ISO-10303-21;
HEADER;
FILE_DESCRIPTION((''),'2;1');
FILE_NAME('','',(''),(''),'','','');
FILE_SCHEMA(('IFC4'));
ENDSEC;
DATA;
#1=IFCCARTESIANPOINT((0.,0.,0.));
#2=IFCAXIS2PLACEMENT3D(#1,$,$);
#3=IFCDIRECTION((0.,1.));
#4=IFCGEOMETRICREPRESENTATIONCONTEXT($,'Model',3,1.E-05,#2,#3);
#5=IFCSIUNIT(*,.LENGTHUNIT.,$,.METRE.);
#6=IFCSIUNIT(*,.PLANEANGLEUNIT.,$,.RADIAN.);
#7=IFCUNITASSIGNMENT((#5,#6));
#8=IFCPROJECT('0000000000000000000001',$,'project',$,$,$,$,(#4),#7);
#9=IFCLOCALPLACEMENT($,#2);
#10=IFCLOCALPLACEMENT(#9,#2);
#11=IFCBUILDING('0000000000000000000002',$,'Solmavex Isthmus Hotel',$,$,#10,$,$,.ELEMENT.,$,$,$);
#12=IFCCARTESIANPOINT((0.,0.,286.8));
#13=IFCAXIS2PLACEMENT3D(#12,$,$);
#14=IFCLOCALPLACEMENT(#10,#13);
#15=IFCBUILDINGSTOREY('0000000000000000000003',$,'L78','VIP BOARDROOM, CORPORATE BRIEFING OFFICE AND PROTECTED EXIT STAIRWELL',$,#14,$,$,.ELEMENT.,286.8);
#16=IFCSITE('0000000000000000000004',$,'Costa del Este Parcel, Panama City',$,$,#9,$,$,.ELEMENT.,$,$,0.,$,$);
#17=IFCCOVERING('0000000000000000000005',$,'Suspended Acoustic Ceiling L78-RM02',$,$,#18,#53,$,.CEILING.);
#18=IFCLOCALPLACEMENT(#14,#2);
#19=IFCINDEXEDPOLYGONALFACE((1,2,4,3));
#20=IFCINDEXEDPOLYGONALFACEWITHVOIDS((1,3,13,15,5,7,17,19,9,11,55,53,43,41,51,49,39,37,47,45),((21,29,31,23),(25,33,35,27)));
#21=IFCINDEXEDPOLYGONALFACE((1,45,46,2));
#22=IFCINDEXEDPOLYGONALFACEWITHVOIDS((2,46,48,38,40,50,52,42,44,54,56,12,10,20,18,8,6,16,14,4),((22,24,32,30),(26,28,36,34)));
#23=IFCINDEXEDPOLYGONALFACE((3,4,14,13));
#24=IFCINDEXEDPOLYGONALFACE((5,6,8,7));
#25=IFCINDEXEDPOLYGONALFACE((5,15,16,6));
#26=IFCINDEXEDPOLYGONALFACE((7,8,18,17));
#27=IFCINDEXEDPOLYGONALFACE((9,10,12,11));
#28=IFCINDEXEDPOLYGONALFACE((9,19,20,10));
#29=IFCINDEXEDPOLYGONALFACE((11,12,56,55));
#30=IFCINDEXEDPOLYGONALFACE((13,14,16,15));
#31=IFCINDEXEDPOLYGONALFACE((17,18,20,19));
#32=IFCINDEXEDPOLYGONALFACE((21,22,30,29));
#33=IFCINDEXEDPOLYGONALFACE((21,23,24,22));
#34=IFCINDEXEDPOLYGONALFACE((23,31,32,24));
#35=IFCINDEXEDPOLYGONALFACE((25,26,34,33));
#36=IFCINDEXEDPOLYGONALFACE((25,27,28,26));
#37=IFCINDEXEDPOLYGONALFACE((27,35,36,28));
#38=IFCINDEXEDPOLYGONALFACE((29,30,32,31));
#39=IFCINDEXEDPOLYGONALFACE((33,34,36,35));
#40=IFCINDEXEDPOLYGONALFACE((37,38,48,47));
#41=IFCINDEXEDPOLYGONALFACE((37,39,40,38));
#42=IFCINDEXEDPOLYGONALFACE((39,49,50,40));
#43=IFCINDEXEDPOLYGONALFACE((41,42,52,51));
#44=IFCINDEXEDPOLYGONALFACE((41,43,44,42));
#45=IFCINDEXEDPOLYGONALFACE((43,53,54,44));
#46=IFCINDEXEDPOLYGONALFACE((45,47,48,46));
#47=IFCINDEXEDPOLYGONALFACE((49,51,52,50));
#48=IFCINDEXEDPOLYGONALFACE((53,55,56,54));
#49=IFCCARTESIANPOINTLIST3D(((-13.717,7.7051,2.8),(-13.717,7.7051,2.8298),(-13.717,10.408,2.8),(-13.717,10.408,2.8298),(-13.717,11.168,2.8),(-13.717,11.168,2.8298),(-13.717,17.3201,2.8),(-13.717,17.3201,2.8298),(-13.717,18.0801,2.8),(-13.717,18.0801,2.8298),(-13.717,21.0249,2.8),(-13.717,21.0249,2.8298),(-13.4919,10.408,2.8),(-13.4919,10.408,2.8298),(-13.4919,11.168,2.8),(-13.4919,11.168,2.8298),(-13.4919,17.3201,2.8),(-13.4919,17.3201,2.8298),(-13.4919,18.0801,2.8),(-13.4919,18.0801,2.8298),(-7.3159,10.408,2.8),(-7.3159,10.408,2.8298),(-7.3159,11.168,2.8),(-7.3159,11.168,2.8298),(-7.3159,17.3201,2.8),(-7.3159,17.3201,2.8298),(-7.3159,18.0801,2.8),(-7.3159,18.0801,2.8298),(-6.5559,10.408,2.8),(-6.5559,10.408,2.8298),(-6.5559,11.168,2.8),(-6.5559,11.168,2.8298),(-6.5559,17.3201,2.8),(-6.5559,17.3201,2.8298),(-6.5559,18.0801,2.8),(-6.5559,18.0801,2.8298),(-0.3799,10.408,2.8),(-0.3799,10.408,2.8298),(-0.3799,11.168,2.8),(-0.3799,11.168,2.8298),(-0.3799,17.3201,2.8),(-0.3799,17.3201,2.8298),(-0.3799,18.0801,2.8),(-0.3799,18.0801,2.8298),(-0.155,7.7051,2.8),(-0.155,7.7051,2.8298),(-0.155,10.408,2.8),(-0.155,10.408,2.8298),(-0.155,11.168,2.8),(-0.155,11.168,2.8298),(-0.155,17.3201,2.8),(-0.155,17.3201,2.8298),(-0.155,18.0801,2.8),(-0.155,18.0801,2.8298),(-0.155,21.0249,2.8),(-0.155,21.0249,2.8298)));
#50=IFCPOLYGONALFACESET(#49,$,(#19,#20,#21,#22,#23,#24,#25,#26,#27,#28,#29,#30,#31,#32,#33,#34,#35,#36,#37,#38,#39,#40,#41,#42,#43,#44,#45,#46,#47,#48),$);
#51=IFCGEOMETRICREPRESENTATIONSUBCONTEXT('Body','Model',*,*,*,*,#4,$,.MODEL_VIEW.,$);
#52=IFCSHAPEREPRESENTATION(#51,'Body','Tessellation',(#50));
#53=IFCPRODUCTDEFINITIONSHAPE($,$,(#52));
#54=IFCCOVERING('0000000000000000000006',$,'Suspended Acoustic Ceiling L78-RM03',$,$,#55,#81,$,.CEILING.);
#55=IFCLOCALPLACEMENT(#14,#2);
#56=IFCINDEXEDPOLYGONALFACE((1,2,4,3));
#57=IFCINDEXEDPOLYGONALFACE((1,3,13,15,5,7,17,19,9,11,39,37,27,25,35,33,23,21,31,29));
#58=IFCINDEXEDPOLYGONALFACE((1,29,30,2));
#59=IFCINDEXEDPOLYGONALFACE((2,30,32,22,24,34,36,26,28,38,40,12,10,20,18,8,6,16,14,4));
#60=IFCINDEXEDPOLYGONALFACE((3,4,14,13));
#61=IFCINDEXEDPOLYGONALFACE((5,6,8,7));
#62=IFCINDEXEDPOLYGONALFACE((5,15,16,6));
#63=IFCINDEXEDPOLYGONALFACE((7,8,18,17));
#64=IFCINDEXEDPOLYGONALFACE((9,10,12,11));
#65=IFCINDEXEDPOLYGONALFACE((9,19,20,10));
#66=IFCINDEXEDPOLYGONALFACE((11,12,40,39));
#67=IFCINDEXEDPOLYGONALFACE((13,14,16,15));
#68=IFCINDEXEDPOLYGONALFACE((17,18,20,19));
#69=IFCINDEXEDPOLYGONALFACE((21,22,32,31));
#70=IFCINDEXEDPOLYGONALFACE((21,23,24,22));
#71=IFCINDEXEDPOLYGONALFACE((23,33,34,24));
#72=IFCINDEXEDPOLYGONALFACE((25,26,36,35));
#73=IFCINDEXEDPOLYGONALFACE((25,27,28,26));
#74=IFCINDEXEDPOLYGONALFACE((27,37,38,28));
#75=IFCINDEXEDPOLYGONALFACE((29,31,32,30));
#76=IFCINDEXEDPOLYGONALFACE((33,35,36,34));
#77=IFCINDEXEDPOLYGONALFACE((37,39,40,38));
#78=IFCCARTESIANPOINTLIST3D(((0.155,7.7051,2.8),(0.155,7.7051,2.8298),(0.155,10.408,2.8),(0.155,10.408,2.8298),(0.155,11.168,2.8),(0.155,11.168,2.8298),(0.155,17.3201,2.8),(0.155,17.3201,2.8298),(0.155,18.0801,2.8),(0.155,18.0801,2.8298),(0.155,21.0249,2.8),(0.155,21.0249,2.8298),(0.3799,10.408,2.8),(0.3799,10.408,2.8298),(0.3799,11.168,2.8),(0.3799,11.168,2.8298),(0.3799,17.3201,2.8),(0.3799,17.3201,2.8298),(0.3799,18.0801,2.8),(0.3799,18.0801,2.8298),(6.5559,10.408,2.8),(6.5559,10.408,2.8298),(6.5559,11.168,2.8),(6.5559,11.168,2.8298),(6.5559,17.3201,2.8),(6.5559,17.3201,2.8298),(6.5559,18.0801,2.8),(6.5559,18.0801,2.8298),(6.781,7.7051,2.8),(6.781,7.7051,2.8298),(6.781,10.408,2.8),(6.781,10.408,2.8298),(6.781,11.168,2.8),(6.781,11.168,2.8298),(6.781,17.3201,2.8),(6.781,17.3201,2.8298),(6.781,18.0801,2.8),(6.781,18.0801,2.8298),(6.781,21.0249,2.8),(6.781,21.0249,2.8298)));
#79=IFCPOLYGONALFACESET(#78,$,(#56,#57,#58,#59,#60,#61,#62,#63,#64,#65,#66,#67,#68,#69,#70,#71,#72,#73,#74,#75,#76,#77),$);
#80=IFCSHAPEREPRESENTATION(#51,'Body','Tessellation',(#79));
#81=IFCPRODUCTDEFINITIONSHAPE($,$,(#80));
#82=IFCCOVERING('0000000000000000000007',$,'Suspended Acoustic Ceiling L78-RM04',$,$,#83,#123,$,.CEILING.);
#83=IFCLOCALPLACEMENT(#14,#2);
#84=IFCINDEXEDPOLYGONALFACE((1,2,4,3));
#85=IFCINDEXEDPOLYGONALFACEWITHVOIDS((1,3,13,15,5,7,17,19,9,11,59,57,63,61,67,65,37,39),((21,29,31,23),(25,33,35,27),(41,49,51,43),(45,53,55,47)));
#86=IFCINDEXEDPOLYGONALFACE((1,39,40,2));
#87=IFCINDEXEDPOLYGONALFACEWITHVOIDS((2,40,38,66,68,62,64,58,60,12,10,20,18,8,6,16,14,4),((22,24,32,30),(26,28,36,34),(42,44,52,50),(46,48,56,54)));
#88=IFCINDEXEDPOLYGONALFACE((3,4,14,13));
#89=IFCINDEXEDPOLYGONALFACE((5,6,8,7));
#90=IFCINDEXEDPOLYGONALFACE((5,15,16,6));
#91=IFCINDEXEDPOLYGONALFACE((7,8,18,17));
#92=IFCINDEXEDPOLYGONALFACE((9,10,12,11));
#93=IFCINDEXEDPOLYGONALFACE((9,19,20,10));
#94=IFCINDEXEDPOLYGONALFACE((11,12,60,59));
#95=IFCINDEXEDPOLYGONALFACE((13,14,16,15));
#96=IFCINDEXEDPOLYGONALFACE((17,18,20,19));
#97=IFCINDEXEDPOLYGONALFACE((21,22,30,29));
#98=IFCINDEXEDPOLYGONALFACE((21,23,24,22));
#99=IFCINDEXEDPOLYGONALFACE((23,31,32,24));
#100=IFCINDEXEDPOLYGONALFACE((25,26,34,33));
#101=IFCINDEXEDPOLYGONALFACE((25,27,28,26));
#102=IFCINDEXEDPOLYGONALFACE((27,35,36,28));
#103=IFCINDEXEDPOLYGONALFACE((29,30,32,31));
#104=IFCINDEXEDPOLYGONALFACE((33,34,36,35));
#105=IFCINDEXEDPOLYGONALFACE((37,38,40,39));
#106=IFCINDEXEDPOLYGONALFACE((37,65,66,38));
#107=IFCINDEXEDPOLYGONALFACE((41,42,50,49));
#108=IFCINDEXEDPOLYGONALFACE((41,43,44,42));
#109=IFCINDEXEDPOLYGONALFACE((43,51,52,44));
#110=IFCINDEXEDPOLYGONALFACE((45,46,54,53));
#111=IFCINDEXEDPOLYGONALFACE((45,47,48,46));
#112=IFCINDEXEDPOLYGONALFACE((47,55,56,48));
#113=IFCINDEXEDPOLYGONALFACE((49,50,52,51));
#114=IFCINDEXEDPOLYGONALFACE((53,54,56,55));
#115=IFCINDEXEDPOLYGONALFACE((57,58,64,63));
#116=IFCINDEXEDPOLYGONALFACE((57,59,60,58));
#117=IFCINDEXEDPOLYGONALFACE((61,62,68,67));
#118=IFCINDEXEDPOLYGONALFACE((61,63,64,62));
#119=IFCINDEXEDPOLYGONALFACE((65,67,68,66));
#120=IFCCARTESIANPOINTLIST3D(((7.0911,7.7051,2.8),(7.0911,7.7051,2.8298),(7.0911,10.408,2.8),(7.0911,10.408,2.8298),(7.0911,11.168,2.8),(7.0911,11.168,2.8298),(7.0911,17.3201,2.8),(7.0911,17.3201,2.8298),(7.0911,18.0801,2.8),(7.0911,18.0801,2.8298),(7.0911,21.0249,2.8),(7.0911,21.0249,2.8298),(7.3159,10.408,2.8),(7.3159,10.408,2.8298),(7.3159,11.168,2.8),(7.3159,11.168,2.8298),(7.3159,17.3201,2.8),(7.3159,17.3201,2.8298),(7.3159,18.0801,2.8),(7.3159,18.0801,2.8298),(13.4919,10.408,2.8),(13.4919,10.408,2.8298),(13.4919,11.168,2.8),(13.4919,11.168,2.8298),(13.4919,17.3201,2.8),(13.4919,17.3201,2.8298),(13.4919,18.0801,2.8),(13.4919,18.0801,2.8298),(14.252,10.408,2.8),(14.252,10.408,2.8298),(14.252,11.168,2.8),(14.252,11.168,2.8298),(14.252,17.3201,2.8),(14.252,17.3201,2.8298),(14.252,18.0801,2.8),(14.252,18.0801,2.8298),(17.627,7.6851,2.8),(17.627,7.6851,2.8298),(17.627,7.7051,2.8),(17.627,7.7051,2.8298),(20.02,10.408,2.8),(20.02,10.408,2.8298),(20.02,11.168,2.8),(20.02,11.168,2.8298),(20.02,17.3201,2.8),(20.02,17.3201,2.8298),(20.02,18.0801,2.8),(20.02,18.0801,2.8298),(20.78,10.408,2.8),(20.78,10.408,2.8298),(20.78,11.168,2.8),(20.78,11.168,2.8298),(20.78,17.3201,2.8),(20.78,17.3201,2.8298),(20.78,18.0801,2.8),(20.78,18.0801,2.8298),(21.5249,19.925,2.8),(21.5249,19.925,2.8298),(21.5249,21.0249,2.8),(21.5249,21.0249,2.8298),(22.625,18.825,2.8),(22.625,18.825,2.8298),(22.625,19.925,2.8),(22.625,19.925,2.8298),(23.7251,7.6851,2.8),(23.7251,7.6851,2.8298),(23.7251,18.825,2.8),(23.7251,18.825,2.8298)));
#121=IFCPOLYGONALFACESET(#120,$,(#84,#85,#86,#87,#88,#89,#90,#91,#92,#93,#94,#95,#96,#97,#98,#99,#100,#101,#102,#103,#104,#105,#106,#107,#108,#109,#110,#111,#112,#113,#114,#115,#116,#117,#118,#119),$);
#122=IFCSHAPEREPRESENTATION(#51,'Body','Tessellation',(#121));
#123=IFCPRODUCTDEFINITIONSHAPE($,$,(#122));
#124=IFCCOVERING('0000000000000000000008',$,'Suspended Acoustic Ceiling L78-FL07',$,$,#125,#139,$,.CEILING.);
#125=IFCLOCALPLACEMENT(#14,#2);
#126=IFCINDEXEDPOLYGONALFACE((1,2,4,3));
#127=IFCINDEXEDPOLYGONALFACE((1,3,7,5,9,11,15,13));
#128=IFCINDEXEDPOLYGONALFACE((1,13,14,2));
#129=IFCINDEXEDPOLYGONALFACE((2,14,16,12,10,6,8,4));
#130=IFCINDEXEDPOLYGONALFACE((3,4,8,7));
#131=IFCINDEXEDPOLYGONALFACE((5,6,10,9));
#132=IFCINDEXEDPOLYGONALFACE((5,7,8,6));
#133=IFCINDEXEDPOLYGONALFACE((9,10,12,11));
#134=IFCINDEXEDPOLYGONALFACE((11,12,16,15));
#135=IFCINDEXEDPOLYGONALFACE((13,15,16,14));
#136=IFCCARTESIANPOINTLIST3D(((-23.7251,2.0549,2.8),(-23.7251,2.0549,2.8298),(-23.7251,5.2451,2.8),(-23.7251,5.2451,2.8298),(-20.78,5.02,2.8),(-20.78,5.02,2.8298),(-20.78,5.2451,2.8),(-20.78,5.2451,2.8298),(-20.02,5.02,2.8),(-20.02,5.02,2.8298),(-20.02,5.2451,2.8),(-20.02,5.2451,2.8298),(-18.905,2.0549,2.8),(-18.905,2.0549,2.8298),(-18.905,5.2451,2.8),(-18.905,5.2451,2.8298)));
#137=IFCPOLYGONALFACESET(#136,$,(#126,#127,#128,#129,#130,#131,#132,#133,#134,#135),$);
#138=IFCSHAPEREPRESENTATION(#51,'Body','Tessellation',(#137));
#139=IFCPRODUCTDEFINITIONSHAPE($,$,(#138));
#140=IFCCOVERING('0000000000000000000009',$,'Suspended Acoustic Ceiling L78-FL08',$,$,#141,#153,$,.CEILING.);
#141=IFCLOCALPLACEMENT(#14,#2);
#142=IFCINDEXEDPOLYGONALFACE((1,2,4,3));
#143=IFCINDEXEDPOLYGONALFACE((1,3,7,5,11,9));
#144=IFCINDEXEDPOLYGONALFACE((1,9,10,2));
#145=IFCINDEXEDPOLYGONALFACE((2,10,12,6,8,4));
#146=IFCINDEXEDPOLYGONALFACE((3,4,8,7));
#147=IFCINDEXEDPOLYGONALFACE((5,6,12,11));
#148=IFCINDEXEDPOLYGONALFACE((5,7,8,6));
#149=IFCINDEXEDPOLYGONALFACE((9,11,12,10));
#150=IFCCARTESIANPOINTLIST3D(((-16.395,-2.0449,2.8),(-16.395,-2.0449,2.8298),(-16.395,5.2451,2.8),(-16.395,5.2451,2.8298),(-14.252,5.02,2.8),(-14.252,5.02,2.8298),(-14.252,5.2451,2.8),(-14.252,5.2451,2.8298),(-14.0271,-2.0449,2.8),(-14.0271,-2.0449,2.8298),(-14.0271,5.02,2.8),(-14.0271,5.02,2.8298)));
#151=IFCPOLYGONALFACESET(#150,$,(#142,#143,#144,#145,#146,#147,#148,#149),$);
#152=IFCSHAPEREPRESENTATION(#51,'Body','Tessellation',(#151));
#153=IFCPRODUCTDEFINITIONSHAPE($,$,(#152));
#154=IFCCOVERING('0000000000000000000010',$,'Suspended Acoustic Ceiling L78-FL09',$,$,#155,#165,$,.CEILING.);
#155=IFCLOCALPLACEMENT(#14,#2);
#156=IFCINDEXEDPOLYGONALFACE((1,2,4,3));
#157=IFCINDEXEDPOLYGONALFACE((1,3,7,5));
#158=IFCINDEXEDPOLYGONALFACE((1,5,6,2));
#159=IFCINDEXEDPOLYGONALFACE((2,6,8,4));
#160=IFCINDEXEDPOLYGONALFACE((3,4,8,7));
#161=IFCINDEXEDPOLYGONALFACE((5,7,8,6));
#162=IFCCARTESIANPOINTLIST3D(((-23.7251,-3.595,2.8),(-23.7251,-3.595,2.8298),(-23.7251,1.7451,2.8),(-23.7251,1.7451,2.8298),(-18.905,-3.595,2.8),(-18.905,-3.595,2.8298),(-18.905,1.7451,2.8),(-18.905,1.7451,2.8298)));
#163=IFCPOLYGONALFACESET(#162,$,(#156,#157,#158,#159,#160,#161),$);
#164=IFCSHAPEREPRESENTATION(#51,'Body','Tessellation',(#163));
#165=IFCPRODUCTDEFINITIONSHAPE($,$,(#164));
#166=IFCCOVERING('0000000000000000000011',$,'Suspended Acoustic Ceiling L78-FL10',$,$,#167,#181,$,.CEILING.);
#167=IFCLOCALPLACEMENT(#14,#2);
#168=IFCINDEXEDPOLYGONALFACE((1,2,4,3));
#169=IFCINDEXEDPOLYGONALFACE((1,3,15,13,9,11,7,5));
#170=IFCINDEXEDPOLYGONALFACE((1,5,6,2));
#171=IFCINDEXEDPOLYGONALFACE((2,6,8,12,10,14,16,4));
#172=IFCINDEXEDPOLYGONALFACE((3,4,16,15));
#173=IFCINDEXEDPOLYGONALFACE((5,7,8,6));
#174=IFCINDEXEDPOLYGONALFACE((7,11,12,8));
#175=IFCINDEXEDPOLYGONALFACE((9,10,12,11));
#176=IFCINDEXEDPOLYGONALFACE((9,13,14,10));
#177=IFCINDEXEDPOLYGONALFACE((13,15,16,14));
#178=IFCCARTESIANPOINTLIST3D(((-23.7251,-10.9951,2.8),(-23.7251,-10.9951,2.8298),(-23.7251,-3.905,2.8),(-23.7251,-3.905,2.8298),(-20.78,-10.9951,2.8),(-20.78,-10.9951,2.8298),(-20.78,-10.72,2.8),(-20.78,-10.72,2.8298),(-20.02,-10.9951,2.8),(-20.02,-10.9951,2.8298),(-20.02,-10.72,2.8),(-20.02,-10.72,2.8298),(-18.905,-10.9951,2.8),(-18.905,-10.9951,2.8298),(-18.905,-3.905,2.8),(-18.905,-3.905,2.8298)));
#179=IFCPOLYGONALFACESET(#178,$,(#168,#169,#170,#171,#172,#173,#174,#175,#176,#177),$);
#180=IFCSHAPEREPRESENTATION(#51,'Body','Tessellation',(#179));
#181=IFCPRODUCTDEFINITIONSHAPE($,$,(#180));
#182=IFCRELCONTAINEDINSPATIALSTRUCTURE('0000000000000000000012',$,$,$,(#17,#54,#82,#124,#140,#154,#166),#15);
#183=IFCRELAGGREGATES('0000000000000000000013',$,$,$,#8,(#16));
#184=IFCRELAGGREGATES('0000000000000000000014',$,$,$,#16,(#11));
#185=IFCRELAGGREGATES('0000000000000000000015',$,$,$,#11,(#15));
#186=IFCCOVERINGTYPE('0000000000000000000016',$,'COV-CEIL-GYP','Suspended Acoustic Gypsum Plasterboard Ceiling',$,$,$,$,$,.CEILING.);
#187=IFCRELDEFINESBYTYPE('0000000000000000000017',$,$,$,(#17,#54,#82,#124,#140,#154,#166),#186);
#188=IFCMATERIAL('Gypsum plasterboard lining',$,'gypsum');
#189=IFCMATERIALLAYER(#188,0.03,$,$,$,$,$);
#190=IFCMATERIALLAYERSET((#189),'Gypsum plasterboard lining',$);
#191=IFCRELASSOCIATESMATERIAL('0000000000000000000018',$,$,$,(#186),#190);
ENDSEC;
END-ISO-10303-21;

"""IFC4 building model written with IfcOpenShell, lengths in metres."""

from ifc_helpers import new_model, si_unit, direction, frame, origin, place, context, subcontext, project, spatial, polyline, outline, extrude, material, layer, layer_set, type_object, element, save


model = new_model("IFC4")

# Units and contexts
model_context = context("Model", 3, precision=1e-05, world=origin(), true_north=direction((0.0, 1.0)))
body_context = subcontext(model_context, "Body", "Model", "MODEL_VIEW")
ifc_project = project(units=[si_unit("LENGTHUNIT", "METRE"), si_unit("PLANEANGLEUNIT", "RADIAN")], contexts=[model_context])

# Site, building, storey
site_placement = place(None, origin())
site = spatial("IfcSite", under=ifc_project, at=site_placement, Name="Costa del Este Parcel, Panama City", CompositionType="ELEMENT", RefElevation=0.0)
building_placement = place(site_placement, origin())
building = spatial("IfcBuilding", under=site, at=building_placement, Name="Solmavex Isthmus Hotel", CompositionType="ELEMENT")
storey_placement = place(building_placement, frame((0.0, 0.0, 286.8)))
storey = spatial("IfcBuildingStorey", under=building, at=storey_placement, Name="L78", Description="VIP BOARDROOM, CORPORATE BRIEFING OFFICE AND PROTECTED EXIT STAIRWELL", CompositionType="ELEMENT", Elevation=286.8)

# Coverings
ifc_material_1 = material(Name="Gypsum plasterboard lining", Category="gypsum")
ifc_layer_1 = layer(ifc_material_1, 0.03)
ifc_layer_set_1 = layer_set([ifc_layer_1], Name="Gypsum plasterboard lining")
covering_type_1 = type_object("IfcCoveringType", Name="COV-CEIL-GYP", Description="Suspended Acoustic Gypsum Plasterboard Ceiling", PredefinedType="CEILING", material=ifc_layer_set_1)
covering_1_placement = place(storey_placement, frame((0.0, 0.0, 2.8)))
element("IfcCovering", 1, at=covering_1_placement, inside=storey, type_object=covering_type_1, Name="Suspended Acoustic Ceiling L78-RM02", PredefinedType="CEILING", context=body_context, shape_type="SweptSolid", body=[
    extrude(outline(polyline([(-13.717, 11.168), (-13.4919, 11.168), (-13.4919, 10.408), (-13.717, 10.408), (-13.717, 7.7051), (-0.155, 7.7051), (-0.155, 10.408), (-0.3799, 10.408), (-0.3799, 11.168), (-0.155, 11.168), (-0.155, 17.3201), (-0.3799, 17.3201), (-0.3799, 18.0801), (-0.155, 18.0801), (-0.155, 21.0249), (-13.717, 21.0249), (-13.717, 18.0801), (-13.4919, 18.0801), (-13.4919, 17.3201), (-13.717, 17.3201), (-13.717, 11.168)]), holes=[polyline([(-7.3159, 10.408), (-7.3159, 11.168), (-6.5559, 11.168), (-6.5559, 10.408), (-7.3159, 10.408)]), polyline([(-7.3159, 17.3201), (-7.3159, 18.0801), (-6.5559, 18.0801), (-6.5559, 17.3201), (-7.3159, 17.3201)])]), origin(), (0.0, 0.0, 1.0), 0.0298),
])
covering_2_placement = place(storey_placement, frame((0.0, 0.0, 2.8)))
element("IfcCovering", 2, at=covering_2_placement, inside=storey, type_object=covering_type_1, Name="Suspended Acoustic Ceiling L78-RM03", PredefinedType="CEILING", context=body_context, shape_type="SweptSolid", body=[
    extrude(outline(polyline([(0.155, 11.168), (0.3799, 11.168), (0.3799, 10.408), (0.155, 10.408), (0.155, 7.7051), (6.781, 7.7051), (6.781, 10.408), (6.5559, 10.408), (6.5559, 11.168), (6.781, 11.168), (6.781, 17.3201), (6.5559, 17.3201), (6.5559, 18.0801), (6.781, 18.0801), (6.781, 21.0249), (0.155, 21.0249), (0.155, 18.0801), (0.3799, 18.0801), (0.3799, 17.3201), (0.155, 17.3201), (0.155, 11.168)])), origin(), (0.0, 0.0, 1.0), 0.0298),
])
covering_3_placement = place(storey_placement, frame((0.0, 0.0, 2.8)))
element("IfcCovering", 3, at=covering_3_placement, inside=storey, type_object=covering_type_1, Name="Suspended Acoustic Ceiling L78-RM04", PredefinedType="CEILING", context=body_context, shape_type="SweptSolid", body=[
    extrude(outline(polyline([(7.0911, 11.168), (7.3159, 11.168), (7.3159, 10.408), (7.0911, 10.408), (7.0911, 7.7051), (17.627, 7.7051), (17.627, 7.6851), (23.7251, 7.6851), (23.7251, 18.825), (22.625, 18.825), (22.625, 19.925), (21.5249, 19.925), (21.5249, 21.0249), (7.0911, 21.0249), (7.0911, 18.0801), (7.3159, 18.0801), (7.3159, 17.3201), (7.0911, 17.3201), (7.0911, 11.168)]), holes=[polyline([(20.02, 10.408), (20.02, 11.168), (20.78, 11.168), (20.78, 10.408), (20.02, 10.408)]), polyline([(20.02, 17.3201), (20.02, 18.0801), (20.78, 18.0801), (20.78, 17.3201), (20.02, 17.3201)]), polyline([(13.4919, 10.408), (13.4919, 11.168), (14.252, 11.168), (14.252, 10.408), (13.4919, 10.408)]), polyline([(13.4919, 17.3201), (13.4919, 18.0801), (14.252, 18.0801), (14.252, 17.3201), (13.4919, 17.3201)])]), origin(), (0.0, 0.0, 1.0), 0.0298),
])
covering_4_placement = place(storey_placement, frame((0.0, 0.0, 2.8)))
element("IfcCovering", 4, at=covering_4_placement, inside=storey, type_object=covering_type_1, Name="Suspended Acoustic Ceiling L78-FL07", PredefinedType="CEILING", context=body_context, shape_type="SweptSolid", body=[
    extrude(outline(polyline([(-20.02, 5.2451), (-20.02, 5.02), (-20.78, 5.02), (-20.78, 5.2451), (-23.7251, 5.2451), (-23.7251, 2.0549), (-18.905, 2.0549), (-18.905, 5.2451), (-20.02, 5.2451)])), origin(), (0.0, 0.0, 1.0), 0.0298),
])
covering_5_placement = place(storey_placement, frame((0.0, 0.0, 2.8)))
element("IfcCovering", 5, at=covering_5_placement, inside=storey, type_object=covering_type_1, Name="Suspended Acoustic Ceiling L78-FL08", PredefinedType="CEILING", context=body_context, shape_type="SweptSolid", body=[
    extrude(outline(polyline([(-16.395, -2.0449), (-14.0271, -2.0449), (-14.0271, 5.02), (-14.252, 5.02), (-14.252, 5.2451), (-16.395, 5.2451), (-16.395, -2.0449)])), origin(), (0.0, 0.0, 1.0), 0.0298),
])
covering_6_placement = place(storey_placement, frame((0.0, 0.0, 2.8)))
element("IfcCovering", 6, at=covering_6_placement, inside=storey, type_object=covering_type_1, Name="Suspended Acoustic Ceiling L78-FL09", PredefinedType="CEILING", context=body_context, shape_type="SweptSolid", body=[
    extrude(outline(polyline([(-23.7251, -3.595), (-18.905, -3.595), (-18.905, 1.7451), (-23.7251, 1.7451), (-23.7251, -3.595)])), origin(), (0.0, 0.0, 1.0), 0.0298),
])
covering_7_placement = place(storey_placement, frame((0.0, 0.0, 2.8)))
element("IfcCovering", 7, at=covering_7_placement, inside=storey, type_object=covering_type_1, Name="Suspended Acoustic Ceiling L78-FL10", PredefinedType="CEILING", context=body_context, shape_type="SweptSolid", body=[
    extrude(outline(polyline([(-20.78, -10.9951), (-20.78, -10.72), (-20.02, -10.72), (-20.02, -10.9951), (-18.905, -10.9951), (-18.905, -3.905), (-23.7251, -3.905), (-23.7251, -10.9951), (-20.78, -10.9951)])), origin(), (0.0, 0.0, 1.0), 0.0298),
])

save(model, "model.ifc")
